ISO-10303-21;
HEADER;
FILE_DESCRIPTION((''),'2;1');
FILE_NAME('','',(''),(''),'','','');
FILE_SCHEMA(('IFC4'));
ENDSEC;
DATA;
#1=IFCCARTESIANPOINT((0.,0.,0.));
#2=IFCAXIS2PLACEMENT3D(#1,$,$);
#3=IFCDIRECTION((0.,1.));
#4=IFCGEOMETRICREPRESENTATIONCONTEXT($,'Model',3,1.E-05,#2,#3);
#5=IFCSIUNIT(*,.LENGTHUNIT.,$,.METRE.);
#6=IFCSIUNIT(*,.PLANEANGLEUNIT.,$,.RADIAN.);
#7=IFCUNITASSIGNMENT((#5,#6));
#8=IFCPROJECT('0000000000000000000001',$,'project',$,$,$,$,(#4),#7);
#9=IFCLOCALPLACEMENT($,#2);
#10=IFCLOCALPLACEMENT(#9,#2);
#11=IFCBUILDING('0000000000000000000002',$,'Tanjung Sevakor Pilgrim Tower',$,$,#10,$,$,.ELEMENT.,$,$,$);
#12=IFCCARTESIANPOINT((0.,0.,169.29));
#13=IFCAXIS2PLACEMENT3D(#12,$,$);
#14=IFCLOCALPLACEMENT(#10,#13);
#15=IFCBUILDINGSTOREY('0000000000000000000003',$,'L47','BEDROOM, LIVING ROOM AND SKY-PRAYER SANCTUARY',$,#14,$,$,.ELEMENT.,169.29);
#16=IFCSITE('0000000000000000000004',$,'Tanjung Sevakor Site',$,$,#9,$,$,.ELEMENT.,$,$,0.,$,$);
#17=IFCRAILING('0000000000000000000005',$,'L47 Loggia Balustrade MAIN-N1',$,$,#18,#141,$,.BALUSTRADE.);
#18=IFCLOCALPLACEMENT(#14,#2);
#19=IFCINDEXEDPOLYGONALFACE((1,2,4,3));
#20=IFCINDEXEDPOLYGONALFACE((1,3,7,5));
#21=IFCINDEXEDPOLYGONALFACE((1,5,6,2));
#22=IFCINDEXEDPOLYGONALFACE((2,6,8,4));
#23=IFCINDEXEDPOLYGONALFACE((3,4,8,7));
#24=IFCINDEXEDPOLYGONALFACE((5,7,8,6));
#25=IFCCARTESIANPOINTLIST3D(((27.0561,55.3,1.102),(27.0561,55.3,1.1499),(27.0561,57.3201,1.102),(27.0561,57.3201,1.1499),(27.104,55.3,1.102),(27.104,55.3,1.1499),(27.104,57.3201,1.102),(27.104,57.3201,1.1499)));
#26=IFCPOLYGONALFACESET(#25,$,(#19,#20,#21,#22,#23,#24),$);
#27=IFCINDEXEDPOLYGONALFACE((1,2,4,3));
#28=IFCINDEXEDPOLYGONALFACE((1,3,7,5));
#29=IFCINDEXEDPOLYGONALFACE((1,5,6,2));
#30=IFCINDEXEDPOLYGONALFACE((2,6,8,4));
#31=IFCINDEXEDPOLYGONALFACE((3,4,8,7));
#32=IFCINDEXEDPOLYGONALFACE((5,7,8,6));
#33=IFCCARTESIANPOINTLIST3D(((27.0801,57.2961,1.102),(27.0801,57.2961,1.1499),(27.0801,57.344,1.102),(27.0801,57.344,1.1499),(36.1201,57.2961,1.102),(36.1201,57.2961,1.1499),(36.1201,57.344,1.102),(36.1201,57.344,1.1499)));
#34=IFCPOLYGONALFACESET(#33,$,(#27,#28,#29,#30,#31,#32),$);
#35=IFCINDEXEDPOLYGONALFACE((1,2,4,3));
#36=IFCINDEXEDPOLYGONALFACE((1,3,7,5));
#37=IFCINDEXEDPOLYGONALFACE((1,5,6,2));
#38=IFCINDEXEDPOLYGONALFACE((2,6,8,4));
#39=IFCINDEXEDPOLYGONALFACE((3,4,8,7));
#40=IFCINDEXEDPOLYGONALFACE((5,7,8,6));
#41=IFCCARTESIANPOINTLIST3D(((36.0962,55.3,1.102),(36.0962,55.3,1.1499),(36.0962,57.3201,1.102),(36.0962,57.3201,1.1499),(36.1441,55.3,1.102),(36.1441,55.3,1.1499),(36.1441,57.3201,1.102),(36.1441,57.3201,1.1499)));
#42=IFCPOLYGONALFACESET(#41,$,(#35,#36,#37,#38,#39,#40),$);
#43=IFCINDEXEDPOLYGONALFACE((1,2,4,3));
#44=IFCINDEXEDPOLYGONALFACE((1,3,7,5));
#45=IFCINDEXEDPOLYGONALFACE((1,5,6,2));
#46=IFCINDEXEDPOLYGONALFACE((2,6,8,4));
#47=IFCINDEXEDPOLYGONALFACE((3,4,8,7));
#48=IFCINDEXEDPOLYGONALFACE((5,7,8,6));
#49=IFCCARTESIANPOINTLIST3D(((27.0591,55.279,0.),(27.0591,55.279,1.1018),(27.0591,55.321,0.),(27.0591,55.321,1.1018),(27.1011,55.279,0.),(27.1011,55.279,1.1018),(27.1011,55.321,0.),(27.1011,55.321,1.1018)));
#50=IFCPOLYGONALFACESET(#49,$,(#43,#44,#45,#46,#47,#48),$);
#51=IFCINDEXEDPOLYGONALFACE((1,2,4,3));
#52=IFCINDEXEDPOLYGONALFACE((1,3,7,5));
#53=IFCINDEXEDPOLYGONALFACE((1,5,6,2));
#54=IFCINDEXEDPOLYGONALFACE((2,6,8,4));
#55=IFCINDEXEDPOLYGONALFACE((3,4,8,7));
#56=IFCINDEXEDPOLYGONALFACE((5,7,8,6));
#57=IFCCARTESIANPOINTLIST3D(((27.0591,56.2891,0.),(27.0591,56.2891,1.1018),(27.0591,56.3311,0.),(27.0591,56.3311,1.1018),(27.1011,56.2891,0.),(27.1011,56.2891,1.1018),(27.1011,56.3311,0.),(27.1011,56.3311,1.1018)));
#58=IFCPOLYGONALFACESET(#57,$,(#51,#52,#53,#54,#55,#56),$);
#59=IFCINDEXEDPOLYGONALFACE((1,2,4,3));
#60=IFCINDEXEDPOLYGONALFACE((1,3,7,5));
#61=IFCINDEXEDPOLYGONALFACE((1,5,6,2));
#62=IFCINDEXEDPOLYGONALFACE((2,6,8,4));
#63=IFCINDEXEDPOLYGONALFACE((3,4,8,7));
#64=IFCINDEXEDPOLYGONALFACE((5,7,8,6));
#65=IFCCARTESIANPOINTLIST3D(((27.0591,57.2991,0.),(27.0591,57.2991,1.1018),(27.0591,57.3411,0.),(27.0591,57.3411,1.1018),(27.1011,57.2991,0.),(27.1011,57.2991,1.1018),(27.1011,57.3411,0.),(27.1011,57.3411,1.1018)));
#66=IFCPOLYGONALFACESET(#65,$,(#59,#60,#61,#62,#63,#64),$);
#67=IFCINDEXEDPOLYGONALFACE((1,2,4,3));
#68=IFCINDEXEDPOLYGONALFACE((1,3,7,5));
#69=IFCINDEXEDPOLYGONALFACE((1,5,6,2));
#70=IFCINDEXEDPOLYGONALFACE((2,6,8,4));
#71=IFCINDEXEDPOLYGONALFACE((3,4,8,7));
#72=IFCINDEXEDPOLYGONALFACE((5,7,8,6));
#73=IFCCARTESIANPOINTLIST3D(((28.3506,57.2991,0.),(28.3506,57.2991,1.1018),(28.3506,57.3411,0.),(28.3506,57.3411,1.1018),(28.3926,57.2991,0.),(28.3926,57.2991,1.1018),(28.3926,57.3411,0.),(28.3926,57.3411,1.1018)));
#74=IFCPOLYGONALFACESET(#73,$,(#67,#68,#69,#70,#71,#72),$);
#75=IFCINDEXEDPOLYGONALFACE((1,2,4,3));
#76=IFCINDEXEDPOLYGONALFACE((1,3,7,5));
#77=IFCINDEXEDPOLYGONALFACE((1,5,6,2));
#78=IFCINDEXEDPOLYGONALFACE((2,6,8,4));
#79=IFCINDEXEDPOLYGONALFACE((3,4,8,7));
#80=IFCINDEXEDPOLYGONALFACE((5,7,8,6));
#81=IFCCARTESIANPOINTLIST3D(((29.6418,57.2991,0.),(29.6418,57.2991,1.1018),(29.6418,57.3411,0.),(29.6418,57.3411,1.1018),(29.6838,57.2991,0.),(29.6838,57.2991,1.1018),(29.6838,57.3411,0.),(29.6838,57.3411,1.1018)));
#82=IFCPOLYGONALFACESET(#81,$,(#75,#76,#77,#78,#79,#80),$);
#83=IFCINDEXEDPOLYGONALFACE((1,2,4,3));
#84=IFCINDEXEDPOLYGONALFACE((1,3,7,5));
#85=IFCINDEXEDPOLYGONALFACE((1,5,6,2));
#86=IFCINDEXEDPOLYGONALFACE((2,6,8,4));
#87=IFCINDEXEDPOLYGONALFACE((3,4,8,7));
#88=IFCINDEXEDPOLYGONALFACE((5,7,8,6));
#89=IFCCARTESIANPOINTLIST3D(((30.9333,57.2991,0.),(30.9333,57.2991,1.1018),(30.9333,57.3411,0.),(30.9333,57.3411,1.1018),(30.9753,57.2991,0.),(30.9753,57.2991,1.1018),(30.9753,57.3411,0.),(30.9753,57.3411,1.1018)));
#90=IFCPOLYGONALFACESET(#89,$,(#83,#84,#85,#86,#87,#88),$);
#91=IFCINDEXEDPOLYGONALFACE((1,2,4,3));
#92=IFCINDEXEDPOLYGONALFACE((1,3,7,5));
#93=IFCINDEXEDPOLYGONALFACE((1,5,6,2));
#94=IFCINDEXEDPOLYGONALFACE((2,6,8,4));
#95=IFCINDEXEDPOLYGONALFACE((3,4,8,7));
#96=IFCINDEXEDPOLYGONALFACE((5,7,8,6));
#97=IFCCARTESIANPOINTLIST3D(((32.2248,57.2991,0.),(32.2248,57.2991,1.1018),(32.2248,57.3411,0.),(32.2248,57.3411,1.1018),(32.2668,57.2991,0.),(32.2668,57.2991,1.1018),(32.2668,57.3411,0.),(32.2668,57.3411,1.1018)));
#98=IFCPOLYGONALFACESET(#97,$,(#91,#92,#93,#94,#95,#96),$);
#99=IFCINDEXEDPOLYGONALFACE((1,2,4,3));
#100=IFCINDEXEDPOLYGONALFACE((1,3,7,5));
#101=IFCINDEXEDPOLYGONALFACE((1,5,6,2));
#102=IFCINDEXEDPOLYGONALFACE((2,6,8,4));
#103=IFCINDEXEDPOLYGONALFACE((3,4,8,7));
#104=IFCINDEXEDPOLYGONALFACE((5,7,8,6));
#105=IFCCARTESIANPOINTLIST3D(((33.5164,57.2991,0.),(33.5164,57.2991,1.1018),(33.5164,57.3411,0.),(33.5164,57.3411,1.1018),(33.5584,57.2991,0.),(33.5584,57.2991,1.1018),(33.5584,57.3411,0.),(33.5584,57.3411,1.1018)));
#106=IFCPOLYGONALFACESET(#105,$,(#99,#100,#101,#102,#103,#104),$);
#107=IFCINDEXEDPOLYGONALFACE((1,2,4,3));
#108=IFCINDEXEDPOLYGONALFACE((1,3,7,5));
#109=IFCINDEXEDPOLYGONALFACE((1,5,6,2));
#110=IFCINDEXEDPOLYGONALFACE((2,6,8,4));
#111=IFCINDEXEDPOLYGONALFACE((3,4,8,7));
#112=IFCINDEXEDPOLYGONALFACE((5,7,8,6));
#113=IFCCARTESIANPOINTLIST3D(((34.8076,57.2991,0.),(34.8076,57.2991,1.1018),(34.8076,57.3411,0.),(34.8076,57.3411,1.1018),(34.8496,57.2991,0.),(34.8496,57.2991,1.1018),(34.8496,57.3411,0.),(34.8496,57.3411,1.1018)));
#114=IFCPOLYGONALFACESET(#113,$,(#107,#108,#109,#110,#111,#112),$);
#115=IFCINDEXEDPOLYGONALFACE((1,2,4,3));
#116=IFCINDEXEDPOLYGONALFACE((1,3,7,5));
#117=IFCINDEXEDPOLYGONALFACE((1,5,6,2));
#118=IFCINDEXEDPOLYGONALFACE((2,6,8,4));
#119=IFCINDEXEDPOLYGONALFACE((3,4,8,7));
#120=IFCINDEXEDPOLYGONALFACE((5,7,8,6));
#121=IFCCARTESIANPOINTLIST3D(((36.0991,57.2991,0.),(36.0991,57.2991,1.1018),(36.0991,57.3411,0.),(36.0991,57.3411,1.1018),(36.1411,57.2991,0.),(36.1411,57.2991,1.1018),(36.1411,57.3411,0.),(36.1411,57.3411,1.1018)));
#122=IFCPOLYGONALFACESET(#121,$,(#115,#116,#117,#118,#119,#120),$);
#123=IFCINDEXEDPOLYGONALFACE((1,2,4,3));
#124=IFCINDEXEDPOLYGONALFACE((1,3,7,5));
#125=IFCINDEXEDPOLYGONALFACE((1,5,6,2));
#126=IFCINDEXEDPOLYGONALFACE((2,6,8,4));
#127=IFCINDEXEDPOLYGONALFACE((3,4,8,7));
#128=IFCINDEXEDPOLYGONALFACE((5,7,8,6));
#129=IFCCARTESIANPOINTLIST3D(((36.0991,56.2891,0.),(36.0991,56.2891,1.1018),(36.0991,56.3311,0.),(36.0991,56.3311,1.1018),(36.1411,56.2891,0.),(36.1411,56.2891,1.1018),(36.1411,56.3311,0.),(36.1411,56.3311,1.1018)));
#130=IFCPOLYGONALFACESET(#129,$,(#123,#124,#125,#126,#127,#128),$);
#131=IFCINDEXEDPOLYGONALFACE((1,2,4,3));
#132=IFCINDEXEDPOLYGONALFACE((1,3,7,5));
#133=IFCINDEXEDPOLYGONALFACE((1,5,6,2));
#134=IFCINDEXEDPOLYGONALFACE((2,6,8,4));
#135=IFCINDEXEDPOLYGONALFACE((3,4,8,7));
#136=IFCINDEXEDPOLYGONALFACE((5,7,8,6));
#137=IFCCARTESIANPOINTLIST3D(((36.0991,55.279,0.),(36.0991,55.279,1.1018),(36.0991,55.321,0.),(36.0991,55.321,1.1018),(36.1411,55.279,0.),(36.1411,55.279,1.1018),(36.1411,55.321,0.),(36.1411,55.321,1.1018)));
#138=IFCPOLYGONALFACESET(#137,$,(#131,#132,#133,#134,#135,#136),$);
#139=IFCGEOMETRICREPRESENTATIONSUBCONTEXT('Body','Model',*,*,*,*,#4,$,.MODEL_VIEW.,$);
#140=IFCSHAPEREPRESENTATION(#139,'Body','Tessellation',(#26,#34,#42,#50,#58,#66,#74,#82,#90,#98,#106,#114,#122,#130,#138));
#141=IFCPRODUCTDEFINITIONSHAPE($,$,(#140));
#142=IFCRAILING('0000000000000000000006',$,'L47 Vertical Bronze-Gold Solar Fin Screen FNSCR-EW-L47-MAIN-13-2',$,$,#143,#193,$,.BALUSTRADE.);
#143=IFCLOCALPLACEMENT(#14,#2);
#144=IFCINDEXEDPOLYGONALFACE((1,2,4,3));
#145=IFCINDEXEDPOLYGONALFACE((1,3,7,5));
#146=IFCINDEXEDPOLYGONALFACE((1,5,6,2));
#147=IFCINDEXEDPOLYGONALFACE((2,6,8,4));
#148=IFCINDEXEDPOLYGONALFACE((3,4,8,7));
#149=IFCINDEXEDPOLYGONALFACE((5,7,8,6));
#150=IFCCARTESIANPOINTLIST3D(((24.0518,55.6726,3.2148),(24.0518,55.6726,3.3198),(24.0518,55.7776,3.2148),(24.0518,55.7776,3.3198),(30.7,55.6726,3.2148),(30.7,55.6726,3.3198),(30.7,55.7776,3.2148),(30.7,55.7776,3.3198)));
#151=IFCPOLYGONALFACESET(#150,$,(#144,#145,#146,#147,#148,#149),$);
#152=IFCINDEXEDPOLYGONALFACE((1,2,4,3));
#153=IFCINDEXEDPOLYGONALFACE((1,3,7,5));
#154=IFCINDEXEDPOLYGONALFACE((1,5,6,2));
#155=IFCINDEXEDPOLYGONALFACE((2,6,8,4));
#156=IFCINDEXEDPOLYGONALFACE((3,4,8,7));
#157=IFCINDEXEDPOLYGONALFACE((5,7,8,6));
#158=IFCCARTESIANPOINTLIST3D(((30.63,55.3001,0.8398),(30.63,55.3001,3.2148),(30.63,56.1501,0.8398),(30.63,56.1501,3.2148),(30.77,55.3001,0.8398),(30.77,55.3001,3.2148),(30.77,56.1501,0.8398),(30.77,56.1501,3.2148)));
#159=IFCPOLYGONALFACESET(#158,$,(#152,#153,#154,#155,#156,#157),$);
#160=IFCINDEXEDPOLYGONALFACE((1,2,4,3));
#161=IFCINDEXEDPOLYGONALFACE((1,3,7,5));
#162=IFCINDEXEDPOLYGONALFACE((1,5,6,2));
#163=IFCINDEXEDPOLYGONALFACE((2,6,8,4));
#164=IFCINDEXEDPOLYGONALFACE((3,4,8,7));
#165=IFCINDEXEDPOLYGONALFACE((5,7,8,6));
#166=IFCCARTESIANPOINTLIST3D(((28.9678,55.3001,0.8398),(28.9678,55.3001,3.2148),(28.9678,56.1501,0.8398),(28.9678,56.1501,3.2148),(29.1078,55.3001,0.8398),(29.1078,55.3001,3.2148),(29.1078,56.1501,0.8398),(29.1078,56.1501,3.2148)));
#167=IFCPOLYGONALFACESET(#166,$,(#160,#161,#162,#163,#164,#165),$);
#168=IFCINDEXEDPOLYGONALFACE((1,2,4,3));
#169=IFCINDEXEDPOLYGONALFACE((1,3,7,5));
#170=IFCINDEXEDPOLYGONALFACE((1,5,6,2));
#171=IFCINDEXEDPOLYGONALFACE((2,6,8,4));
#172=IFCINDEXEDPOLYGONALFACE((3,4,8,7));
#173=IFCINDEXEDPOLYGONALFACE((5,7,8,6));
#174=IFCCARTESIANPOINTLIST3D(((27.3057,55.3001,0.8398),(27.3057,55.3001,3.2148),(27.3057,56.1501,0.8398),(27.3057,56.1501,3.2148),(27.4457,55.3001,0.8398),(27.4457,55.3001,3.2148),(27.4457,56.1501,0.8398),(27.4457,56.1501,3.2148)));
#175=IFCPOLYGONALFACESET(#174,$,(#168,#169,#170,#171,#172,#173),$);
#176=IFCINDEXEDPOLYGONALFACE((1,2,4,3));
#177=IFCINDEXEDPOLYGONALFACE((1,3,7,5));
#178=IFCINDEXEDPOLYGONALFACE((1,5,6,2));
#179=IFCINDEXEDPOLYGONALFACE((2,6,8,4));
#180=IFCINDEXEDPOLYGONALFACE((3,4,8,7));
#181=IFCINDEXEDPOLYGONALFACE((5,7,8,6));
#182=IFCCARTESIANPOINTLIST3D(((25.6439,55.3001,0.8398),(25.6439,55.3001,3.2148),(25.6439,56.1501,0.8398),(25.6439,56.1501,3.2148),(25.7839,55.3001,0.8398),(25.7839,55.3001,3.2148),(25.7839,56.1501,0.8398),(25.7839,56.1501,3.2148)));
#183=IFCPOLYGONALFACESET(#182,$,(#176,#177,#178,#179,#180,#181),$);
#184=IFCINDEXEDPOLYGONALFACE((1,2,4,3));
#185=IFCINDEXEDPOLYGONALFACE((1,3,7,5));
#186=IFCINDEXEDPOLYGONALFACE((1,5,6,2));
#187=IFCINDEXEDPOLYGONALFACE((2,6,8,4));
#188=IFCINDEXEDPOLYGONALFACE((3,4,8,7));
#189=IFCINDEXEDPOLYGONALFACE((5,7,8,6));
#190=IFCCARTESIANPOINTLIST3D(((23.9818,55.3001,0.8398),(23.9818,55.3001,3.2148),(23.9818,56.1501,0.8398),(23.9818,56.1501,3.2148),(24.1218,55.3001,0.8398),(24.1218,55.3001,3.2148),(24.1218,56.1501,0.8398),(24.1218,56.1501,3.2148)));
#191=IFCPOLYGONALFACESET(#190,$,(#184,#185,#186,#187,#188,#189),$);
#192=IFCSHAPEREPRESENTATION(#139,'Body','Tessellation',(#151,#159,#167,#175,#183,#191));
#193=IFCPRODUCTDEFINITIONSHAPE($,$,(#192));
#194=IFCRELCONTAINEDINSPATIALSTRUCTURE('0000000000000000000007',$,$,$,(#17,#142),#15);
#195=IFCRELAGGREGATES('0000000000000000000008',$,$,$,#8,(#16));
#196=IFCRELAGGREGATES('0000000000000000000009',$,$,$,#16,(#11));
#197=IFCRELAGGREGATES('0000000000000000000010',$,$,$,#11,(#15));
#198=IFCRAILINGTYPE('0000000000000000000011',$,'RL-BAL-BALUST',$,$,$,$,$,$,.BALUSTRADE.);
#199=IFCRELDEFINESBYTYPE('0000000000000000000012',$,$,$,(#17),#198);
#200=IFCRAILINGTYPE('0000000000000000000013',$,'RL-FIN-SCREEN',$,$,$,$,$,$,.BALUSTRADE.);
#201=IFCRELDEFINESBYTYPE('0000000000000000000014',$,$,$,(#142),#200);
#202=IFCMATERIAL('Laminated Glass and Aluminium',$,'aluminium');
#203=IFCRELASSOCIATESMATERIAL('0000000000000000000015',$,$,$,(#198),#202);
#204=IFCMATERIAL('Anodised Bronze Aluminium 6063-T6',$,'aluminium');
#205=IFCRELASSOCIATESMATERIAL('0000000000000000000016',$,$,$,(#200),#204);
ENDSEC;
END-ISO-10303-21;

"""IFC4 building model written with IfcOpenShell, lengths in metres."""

from ifc_helpers import new_model, si_unit, direction, frame, origin, place, context, subcontext, project, spatial, rectangle, extrude, material, type_object, element, save


model = new_model("IFC4")

# Units and contexts
model_context = context("Model", 3, precision=1e-05, world=origin(), true_north=direction((0.0, 1.0)))
body_context = subcontext(model_context, "Body", "Model", "MODEL_VIEW")
ifc_project = project(units=[si_unit("LENGTHUNIT", "METRE"), si_unit("PLANEANGLEUNIT", "RADIAN")], contexts=[model_context])

# Site, building, storey
site_placement = place(None, origin())
site = spatial("IfcSite", under=ifc_project, at=site_placement, Name="Tanjung Sevakor Site", CompositionType="ELEMENT", RefElevation=0.0)
building_placement = place(site_placement, origin())
building = spatial("IfcBuilding", under=site, at=building_placement, Name="Tanjung Sevakor Pilgrim Tower", CompositionType="ELEMENT")
storey_placement = place(building_placement, frame((0.0, 0.0, 169.29)))
storey = spatial("IfcBuildingStorey", under=building, at=storey_placement, Name="L47", Description="BEDROOM, LIVING ROOM AND SKY-PRAYER SANCTUARY", CompositionType="ELEMENT", Elevation=169.29)

# Railings
ifc_material_1 = material(Name="Laminated Glass and Aluminium", Category="aluminium")
railing_type_1 = type_object("IfcRailingType", Name="RL-BAL-BALUST", PredefinedType="BALUSTRADE", material=ifc_material_1)
railing_1_placement = place(storey_placement, frame((27.0801, 55.3, 0.0)))
element("IfcRailing", 1, at=railing_1_placement, inside=storey, type_object=railing_type_1, Name="L47 Loggia Balustrade MAIN-N1", PredefinedType="BALUSTRADE", context=body_context, shape_type="SweptSolid", body=[
    extrude(rectangle(XDim=0.0479, YDim=0.0479), frame((0.0, 0.0, 1.126), z_axis=(0.0, 1.0, 0.0), x_axis=(-1.0, 0.0, 0.0)), (0.0, 0.0, 1.0), 2.02),
    extrude(rectangle(XDim=0.0479, YDim=0.0479), frame((0.0, 2.02, 1.126), z_axis=(1.0, 0.0, 0.0), x_axis=(0.0, 1.0, 0.0)), (0.0, 0.0, 1.0), 9.04),
    extrude(rectangle(XDim=0.0479, YDim=0.0479), frame((9.04, 2.02, 1.126), z_axis=(0.0, -1.0, 0.0), x_axis=(1.0, 0.0, 0.0)), (0.0, 0.0, 1.0), 2.02),
    extrude(rectangle(XDim=0.042, YDim=0.042), origin(), (0.0, 0.0, 1.0), 1.1018),
    extrude(rectangle(XDim=0.042, YDim=0.042), frame((0.0, 1.01, 0.0)), (0.0, 0.0, 1.0), 1.1018),
    extrude(rectangle(XDim=0.042, YDim=0.042), frame((0.0, 2.02, 0.0)), (0.0, 0.0, 1.0), 1.1018),
    extrude(rectangle(XDim=0.042, YDim=0.042), frame((1.2915, 2.02, 0.0)), (0.0, 0.0, 1.0), 1.1018),
    extrude(rectangle(XDim=0.042, YDim=0.042), frame((2.5828, 2.02, 0.0)), (0.0, 0.0, 1.0), 1.1018),
    extrude(rectangle(XDim=0.042, YDim=0.042), frame((3.8743, 2.02, 0.0)), (0.0, 0.0, 1.0), 1.1018),
    extrude(rectangle(XDim=0.042, YDim=0.042), frame((5.1658, 2.02, 0.0)), (0.0, 0.0, 1.0), 1.1018),
    extrude(rectangle(XDim=0.042, YDim=0.042), frame((6.4573, 2.02, 0.0)), (0.0, 0.0, 1.0), 1.1018),
    extrude(rectangle(XDim=0.042, YDim=0.042), frame((7.7485, 2.02, 0.0)), (0.0, 0.0, 1.0), 1.1018),
    extrude(rectangle(XDim=0.042, YDim=0.042), frame((9.04, 2.02, 0.0)), (0.0, 0.0, 1.0), 1.1018),
    extrude(rectangle(XDim=0.042, YDim=0.042), frame((9.04, 1.01, 0.0)), (0.0, 0.0, 1.0), 1.1018),
    extrude(rectangle(XDim=0.042, YDim=0.042), frame((9.04, 0.0, 0.0)), (0.0, 0.0, 1.0), 1.1018),
])
ifc_material_2 = material(Name="Anodised Bronze Aluminium 6063-T6", Category="aluminium")
railing_type_2 = type_object("IfcRailingType", Name="RL-FIN-SCREEN", PredefinedType="BALUSTRADE", material=ifc_material_2)
railing_2_placement = place(storey_placement, frame((30.7, 55.7251, 0.8398)))
element("IfcRailing", 2, at=railing_2_placement, inside=storey, type_object=railing_type_2, Name="L47 Vertical Bronze-Gold Solar Fin Screen FNSCR-EW-L47-MAIN-13-2", PredefinedType="BALUSTRADE", context=body_context, shape_type="SweptSolid", body=[
    extrude(rectangle(XDim=0.105, YDim=0.105), frame((0.0, 0.0, 2.4275), z_axis=(-1.0, 0.0, 0.0), x_axis=(0.0, -1.0, 0.0)), (0.0, 0.0, 1.0), 6.6482),
    extrude(rectangle(XDim=0.14, YDim=0.85), origin(), (0.0, 0.0, 1.0), 2.375),
    extrude(rectangle(XDim=0.14, YDim=0.85), frame((-1.6621, 0.0, 0.0)), (0.0, 0.0, 1.0), 2.375),
    extrude(rectangle(XDim=0.14, YDim=0.85), frame((-3.3242, 0.0, 0.0)), (0.0, 0.0, 1.0), 2.375),
    extrude(rectangle(XDim=0.14, YDim=0.85), frame((-4.9861, 0.0, 0.0)), (0.0, 0.0, 1.0), 2.375),
    extrude(rectangle(XDim=0.14, YDim=0.85), frame((-6.6482, 0.0, 0.0)), (0.0, 0.0, 1.0), 2.375),
])

save(model, "model.ifc")
